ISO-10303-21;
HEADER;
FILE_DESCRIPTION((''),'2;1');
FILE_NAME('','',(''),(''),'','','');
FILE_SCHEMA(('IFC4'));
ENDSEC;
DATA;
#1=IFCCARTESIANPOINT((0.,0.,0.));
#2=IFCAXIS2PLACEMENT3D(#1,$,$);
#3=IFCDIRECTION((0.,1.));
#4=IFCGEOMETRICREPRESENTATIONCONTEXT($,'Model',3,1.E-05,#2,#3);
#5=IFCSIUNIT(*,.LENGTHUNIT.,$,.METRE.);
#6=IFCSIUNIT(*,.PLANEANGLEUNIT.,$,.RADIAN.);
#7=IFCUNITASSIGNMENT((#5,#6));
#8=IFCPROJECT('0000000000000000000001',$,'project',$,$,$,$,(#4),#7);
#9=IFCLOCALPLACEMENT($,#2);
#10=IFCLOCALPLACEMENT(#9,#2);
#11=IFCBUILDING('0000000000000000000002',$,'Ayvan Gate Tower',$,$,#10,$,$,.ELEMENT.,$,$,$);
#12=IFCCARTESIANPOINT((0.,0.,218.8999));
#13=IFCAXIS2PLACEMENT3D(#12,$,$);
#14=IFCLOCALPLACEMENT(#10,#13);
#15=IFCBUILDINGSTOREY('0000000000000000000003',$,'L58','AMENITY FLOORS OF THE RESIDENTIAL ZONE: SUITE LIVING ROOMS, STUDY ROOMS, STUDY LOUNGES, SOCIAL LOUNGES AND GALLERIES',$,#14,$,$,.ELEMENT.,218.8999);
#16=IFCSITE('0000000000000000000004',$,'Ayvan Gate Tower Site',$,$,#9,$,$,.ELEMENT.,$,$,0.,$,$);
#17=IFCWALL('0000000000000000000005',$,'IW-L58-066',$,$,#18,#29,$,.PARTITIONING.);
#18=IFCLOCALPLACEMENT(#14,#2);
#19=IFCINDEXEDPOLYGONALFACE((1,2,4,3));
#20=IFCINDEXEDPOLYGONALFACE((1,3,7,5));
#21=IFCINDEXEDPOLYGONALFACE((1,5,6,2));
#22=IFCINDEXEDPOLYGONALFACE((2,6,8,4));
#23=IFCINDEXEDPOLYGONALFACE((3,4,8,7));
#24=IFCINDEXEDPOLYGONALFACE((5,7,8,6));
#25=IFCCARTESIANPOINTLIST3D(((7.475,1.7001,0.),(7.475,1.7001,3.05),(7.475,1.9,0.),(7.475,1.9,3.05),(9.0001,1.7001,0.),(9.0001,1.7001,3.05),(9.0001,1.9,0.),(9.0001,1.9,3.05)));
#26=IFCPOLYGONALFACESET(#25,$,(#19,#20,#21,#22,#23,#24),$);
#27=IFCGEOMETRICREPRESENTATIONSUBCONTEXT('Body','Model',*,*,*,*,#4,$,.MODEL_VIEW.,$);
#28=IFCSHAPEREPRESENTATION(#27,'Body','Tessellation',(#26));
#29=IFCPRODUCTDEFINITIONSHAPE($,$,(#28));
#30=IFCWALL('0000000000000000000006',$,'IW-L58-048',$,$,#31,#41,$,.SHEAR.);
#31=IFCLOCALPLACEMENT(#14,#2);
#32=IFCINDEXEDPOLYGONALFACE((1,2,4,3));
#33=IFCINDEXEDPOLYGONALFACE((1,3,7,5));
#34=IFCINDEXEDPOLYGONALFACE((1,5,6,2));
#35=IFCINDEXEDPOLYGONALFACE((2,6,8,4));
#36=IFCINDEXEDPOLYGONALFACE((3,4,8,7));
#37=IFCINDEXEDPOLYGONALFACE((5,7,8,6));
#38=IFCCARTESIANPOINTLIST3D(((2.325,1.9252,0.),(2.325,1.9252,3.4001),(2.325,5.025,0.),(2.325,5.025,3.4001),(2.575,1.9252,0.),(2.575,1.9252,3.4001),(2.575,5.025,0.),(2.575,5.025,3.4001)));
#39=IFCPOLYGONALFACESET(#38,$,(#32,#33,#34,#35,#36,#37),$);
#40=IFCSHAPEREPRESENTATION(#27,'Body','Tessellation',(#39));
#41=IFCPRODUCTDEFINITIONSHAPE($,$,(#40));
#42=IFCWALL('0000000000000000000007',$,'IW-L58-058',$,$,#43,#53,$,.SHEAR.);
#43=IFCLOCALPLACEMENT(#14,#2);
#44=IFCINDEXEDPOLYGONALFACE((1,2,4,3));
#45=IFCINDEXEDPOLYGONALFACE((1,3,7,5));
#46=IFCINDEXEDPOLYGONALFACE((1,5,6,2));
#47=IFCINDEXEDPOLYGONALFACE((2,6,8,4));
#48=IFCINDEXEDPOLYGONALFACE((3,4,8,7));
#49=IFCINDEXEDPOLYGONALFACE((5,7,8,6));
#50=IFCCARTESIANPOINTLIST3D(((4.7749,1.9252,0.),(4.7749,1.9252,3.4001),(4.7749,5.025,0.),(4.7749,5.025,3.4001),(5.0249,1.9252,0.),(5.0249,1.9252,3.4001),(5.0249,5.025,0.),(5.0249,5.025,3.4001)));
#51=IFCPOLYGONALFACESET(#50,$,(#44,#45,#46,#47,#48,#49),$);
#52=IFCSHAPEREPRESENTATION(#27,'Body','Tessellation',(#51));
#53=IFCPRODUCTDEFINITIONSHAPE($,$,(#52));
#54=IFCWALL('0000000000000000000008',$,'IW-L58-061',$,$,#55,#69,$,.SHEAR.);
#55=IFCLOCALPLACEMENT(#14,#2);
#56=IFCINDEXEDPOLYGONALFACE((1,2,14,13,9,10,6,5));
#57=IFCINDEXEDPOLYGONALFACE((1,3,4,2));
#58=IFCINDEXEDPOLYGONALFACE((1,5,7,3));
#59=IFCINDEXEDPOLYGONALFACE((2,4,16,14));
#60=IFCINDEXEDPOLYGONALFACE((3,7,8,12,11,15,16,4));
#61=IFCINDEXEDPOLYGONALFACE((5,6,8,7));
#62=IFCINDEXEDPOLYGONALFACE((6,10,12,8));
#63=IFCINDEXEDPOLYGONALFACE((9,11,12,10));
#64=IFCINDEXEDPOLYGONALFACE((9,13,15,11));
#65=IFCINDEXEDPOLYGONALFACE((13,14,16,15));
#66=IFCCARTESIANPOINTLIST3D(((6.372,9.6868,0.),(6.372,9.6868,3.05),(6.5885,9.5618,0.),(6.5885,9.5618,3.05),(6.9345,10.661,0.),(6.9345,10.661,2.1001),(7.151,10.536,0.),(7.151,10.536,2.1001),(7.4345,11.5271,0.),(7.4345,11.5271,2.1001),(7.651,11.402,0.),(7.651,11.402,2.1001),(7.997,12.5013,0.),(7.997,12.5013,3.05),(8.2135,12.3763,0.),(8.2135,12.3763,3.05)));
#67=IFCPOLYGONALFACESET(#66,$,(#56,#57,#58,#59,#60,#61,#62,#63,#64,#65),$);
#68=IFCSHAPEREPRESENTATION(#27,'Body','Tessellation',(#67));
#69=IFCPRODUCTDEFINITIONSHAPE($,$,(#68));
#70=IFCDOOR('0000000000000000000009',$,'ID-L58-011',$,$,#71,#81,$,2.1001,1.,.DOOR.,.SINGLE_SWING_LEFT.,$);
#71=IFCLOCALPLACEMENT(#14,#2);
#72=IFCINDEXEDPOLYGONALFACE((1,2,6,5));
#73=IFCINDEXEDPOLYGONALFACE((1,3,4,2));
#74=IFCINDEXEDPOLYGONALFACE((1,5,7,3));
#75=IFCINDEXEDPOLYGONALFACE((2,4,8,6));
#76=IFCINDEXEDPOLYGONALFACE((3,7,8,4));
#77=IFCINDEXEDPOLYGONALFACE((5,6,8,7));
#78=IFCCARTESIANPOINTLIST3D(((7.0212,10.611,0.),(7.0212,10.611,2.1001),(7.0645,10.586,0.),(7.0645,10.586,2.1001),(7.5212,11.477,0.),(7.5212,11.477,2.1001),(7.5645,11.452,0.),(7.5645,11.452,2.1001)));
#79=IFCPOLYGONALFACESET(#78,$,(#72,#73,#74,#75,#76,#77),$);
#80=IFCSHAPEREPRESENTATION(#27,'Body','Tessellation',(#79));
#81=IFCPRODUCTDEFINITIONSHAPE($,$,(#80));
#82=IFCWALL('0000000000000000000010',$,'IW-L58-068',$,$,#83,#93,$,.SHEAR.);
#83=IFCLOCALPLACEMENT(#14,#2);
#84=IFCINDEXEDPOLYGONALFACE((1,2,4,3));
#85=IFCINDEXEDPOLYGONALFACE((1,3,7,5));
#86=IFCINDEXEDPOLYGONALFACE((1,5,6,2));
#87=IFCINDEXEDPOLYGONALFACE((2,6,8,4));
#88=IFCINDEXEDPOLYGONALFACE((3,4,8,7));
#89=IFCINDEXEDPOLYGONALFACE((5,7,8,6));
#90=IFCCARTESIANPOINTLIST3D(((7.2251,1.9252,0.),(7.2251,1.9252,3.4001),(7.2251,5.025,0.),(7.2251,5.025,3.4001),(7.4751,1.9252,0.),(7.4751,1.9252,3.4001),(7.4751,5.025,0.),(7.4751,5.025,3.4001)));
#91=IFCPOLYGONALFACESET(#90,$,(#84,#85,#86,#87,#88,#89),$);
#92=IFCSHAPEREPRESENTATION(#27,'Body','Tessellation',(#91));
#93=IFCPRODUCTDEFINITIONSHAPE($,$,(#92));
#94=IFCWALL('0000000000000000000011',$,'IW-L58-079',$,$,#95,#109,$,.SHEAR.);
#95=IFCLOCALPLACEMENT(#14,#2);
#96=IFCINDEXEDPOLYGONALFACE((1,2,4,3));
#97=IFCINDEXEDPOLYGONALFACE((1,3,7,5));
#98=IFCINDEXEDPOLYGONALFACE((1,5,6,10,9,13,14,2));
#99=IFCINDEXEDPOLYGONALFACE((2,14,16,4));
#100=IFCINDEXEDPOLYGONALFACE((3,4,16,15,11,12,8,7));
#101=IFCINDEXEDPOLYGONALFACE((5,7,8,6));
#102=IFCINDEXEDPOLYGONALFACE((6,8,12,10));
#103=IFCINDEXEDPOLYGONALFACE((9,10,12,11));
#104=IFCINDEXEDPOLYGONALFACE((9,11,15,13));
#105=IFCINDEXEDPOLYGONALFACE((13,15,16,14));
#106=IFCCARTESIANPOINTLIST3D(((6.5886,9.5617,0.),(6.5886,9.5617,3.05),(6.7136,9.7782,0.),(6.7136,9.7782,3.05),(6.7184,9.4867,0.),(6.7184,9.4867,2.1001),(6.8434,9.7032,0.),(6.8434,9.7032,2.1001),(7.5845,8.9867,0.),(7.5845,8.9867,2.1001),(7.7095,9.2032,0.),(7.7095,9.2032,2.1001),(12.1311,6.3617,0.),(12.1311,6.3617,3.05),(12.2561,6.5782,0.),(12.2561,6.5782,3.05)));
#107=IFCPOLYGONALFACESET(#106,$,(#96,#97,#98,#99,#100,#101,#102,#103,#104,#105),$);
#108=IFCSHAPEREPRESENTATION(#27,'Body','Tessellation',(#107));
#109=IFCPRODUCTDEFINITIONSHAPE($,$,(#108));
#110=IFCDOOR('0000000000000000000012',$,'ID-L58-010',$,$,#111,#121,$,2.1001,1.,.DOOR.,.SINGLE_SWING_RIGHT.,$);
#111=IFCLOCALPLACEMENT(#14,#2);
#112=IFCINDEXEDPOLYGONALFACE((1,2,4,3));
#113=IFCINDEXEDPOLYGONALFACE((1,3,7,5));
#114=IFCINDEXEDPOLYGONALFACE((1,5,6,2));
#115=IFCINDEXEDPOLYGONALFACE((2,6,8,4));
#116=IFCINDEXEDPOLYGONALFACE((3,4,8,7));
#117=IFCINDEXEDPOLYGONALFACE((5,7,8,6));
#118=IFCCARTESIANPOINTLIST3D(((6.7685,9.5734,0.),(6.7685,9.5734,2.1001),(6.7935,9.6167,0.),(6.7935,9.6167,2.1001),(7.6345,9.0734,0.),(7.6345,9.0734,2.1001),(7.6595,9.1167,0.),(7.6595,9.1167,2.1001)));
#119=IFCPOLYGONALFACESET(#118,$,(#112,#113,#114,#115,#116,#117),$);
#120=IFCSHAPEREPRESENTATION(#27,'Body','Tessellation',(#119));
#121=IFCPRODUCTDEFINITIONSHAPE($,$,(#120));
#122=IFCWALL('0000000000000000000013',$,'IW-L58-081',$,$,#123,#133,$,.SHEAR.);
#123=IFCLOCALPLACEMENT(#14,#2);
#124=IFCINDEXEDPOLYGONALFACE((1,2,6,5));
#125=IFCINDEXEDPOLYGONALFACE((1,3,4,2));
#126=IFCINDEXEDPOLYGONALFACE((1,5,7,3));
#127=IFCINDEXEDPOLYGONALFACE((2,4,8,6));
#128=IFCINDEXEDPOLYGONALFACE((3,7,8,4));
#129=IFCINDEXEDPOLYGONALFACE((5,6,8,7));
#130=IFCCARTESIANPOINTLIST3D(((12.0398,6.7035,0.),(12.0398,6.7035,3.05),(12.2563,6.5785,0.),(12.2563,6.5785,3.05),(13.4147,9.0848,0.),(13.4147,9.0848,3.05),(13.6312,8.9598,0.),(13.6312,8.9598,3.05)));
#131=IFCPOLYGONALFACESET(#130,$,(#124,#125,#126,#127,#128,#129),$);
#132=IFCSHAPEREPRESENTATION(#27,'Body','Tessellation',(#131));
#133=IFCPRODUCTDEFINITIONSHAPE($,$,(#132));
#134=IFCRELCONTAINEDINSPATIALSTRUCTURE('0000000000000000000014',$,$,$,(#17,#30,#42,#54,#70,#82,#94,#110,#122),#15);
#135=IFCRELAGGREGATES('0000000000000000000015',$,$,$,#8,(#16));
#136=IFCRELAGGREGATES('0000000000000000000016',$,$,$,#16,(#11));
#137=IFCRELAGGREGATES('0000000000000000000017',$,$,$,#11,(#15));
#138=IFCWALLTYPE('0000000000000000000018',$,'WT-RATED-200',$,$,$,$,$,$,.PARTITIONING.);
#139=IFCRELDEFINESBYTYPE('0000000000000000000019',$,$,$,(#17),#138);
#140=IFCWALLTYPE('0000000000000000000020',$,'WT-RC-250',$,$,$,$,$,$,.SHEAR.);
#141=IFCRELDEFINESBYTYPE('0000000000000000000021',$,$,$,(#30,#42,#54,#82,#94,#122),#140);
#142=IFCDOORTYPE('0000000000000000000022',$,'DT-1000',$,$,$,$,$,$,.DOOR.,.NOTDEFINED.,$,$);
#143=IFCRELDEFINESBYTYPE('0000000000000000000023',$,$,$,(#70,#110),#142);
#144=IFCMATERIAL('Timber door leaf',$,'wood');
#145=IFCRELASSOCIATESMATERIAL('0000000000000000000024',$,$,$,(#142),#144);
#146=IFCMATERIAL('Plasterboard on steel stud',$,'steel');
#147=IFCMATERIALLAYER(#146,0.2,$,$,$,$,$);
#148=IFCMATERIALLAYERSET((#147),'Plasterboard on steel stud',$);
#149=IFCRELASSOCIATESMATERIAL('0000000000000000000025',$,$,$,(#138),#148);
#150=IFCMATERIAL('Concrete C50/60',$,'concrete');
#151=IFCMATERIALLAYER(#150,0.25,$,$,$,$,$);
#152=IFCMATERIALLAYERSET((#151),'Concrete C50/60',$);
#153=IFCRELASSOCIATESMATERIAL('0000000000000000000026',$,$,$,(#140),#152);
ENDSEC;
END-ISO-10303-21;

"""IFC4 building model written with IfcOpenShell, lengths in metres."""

from ifc_helpers import new_model, si_unit, direction, frame, frame_2d, origin, place, context, subcontext, project, spatial, rectangle, extrude, material, layer, layer_set, type_object, element, fill, save


model = new_model("IFC4")

# Units and contexts
model_context = context("Model", 3, precision=1e-05, world=origin(), true_north=direction((0.0, 1.0)))
body_context = subcontext(model_context, "Body", "Model", "MODEL_VIEW")
ifc_project = project(units=[si_unit("LENGTHUNIT", "METRE"), si_unit("PLANEANGLEUNIT", "RADIAN")], contexts=[model_context])

# Site, building, storey
site_placement = place(None, origin())
site = spatial("IfcSite", under=ifc_project, at=site_placement, Name="Ayvan Gate Tower Site", CompositionType="ELEMENT", RefElevation=0.0)
building_placement = place(site_placement, origin())
building = spatial("IfcBuilding", under=site, at=building_placement, Name="Ayvan Gate Tower", CompositionType="ELEMENT")
storey_placement = place(building_placement, frame((0.0, 0.0, 218.8999)))
storey = spatial("IfcBuildingStorey", under=building, at=storey_placement, Name="L58", Description="AMENITY FLOORS OF THE RESIDENTIAL ZONE: SUITE LIVING ROOMS, STUDY ROOMS, STUDY LOUNGES, SOCIAL LOUNGES AND GALLERIES", CompositionType="ELEMENT", Elevation=218.8999)

# Shared definitions
ifc_material_1 = material(Name="Concrete C50/60", Category="concrete")

# Shared definitions
ifc_material_2 = material(Name="Timber door leaf", Category="wood")
ifc_material_3 = material(Name="Plasterboard on steel stud", Category="steel")
door_type_1 = type_object("IfcDoorType", Name="DT-1000", OperationType="NOTDEFINED", PredefinedType="DOOR", material=ifc_material_2)

# Shared definitions
ifc_layer_1 = layer(ifc_material_3, 0.2)
ifc_layer_set_1 = layer_set([ifc_layer_1], Name="Plasterboard on steel stud")
wall_type_1 = type_object("IfcWallType", Name="WT-RATED-200", PredefinedType="PARTITIONING", material=ifc_layer_set_1)

# Walls
wall_1_placement = place(storey_placement, frame((7.4749, 1.8, 0.0), z_axis=(0.0, 0.0, 1.0), x_axis=(1.0, 0.0, 0.0)))
element("IfcWall", 1, at=wall_1_placement, inside=storey, type_object=wall_type_1, Name="IW-L58-066", PredefinedType="PARTITIONING", context=body_context, shape_type="SweptSolid", body=[
    extrude(rectangle(XDim=1.5251, YDim=0.2, at=frame_2d((0.7627, 0.0))), origin(), (0.0, 0.0, 1.0), 3.05),
])
ifc_layer_2 = layer(ifc_material_1, 0.25)
ifc_layer_set_2 = layer_set([ifc_layer_2], Name="Concrete C50/60")
wall_type_2 = type_object("IfcWallType", Name="WT-RC-250", PredefinedType="SHEAR", material=ifc_layer_set_2)
for number, where, z_axis, x_axis, name in (
    (2, (2.45, 5.0249, 0.0), (0.0, 0.0, 1.0), (0.0, -1.0, 0.0), "IW-L58-048"),
    (3, (4.8999, 5.0249, 0.0), (0.0, 0.0, 1.0), (0.0, -1.0, 0.0), "IW-L58-058"),
):
    element("IfcWall", number, at=place(storey_placement, frame(where, z_axis=z_axis, x_axis=x_axis)), inside=storey, type_object=wall_type_2, Name=name, PredefinedType="SHEAR", context=body_context, shape_type="SweptSolid", body=[
        extrude(rectangle(XDim=3.0999, YDim=0.25, at=frame_2d((1.5498, 0.0))), origin(), (0.0, 0.0, 1.0), 3.4001),
    ])

# Wall, opening, door
wall_2_placement = place(storey_placement, frame((6.4802, 9.6243, 0.0), z_axis=(0.0, 0.0, 1.0), x_axis=(0.500017, 0.866015, 0.0)))
wall_2 = element("IfcWall", 4, at=wall_2_placement, inside=storey, type_object=wall_type_2, Name="IW-L58-061", PredefinedType="SHEAR", context=body_context, shape_type="SweptSolid", body=[
    extrude(rectangle(XDim=3.25, YDim=0.25, at=frame_2d((1.625, 0.0))), origin(), (0.0, 0.0, 1.0), 3.05),
])
opening_1_placement = place(wall_2_placement, frame((1.125, 0.0, 0.0)))
opening_1 = element("IfcOpeningElement", 5, at=opening_1_placement, cuts=wall_2, PredefinedType="OPENING", context=body_context, shape_type="SweptSolid", body=[
    extrude(rectangle(XDim=1.0, YDim=2.1001, at=frame_2d((0.5, 1.05))), frame((0.0, 0.135, 0.0), z_axis=(0.0, -1.0, 0.0), x_axis=(1.0, 0.0, 0.0)), (0.0, 0.0, 1.0), 0.27),
])
door_1_placement = place(opening_1_placement, origin())
door_1 = element("IfcDoor", 6, at=door_1_placement, inside=storey, type_object=door_type_1, Name="ID-L58-011", OperationType="SINGLE_SWING_LEFT", OverallHeight=2.1001, OverallWidth=1.0, PredefinedType="DOOR", context=body_context, shape_type="SweptSolid", body=[
    extrude(rectangle(XDim=1.0, YDim=2.1001, at=frame_2d((0.5, 1.05))), frame((0.0, 0.0249, 0.0), z_axis=(0.0, -1.0, 0.0), x_axis=(1.0, 0.0, 0.0)), (0.0, 0.0, 1.0), 0.05),
])
fill(opening_1, door_1)

# Wall
wall_3_placement = place(storey_placement, frame((7.3501, 5.0249, 0.0), z_axis=(0.0, 0.0, 1.0), x_axis=(0.0, -1.0, 0.0)))
element("IfcWall", 7, at=wall_3_placement, inside=storey, type_object=wall_type_2, Name="IW-L58-068", PredefinedType="SHEAR", context=body_context, shape_type="SweptSolid", body=[
    extrude(rectangle(XDim=3.0999, YDim=0.25, at=frame_2d((1.5498, 0.0))), origin(), (0.0, 0.0, 1.0), 3.4001),
])

# Wall, opening, door
wall_4_placement = place(storey_placement, frame((12.1936, 6.47, 0.0), z_axis=(0.0, 0.0, 1.0), x_axis=(-0.866025, 0.5, 0.0)))
wall_4 = element("IfcWall", 8, at=wall_4_placement, inside=storey, type_object=wall_type_2, Name="IW-L58-079", PredefinedType="SHEAR", context=body_context, shape_type="SweptSolid", body=[
    extrude(rectangle(XDim=6.3999, YDim=0.25, at=frame_2d((3.2, 0.0))), origin(), (0.0, 0.0, 1.0), 3.05),
])
opening_2_placement = place(wall_4_placement, frame((5.25, 0.0, 0.0)))
opening_2 = element("IfcOpeningElement", 9, at=opening_2_placement, cuts=wall_4, PredefinedType="OPENING", context=body_context, shape_type="SweptSolid", body=[
    extrude(rectangle(XDim=1.0, YDim=2.1001, at=frame_2d((0.5, 1.05))), frame((0.0, 0.135, 0.0), z_axis=(0.0, -1.0, 0.0), x_axis=(1.0, 0.0, 0.0)), (0.0, 0.0, 1.0), 0.27),
])
door_2_placement = place(opening_2_placement, origin())
door_2 = element("IfcDoor", 10, at=door_2_placement, inside=storey, type_object=door_type_1, Name="ID-L58-010", OperationType="SINGLE_SWING_RIGHT", OverallHeight=2.1001, OverallWidth=1.0, PredefinedType="DOOR", context=body_context, shape_type="SweptSolid", body=[
    extrude(rectangle(XDim=1.0, YDim=2.1001, at=frame_2d((0.5, 1.05))), frame((0.0, 0.0249, 0.0), z_axis=(0.0, -1.0, 0.0), x_axis=(1.0, 0.0, 0.0)), (0.0, 0.0, 1.0), 0.05),
])
fill(opening_2, door_2)

# Wall
wall_5_placement = place(storey_placement, frame((12.1479, 6.6409, 0.0), z_axis=(0.0, 0.0, 1.0), x_axis=(0.500035, 0.866005, 0.0)))
element("IfcWall", 11, at=wall_5_placement, inside=storey, type_object=wall_type_2, Name="IW-L58-081", PredefinedType="SHEAR", context=body_context, shape_type="SweptSolid", body=[
    extrude(rectangle(XDim=2.7498, YDim=0.25, at=frame_2d((1.375, 0.0))), origin(), (0.0, 0.0, 1.0), 3.05),
])

save(model, "model.ifc")
